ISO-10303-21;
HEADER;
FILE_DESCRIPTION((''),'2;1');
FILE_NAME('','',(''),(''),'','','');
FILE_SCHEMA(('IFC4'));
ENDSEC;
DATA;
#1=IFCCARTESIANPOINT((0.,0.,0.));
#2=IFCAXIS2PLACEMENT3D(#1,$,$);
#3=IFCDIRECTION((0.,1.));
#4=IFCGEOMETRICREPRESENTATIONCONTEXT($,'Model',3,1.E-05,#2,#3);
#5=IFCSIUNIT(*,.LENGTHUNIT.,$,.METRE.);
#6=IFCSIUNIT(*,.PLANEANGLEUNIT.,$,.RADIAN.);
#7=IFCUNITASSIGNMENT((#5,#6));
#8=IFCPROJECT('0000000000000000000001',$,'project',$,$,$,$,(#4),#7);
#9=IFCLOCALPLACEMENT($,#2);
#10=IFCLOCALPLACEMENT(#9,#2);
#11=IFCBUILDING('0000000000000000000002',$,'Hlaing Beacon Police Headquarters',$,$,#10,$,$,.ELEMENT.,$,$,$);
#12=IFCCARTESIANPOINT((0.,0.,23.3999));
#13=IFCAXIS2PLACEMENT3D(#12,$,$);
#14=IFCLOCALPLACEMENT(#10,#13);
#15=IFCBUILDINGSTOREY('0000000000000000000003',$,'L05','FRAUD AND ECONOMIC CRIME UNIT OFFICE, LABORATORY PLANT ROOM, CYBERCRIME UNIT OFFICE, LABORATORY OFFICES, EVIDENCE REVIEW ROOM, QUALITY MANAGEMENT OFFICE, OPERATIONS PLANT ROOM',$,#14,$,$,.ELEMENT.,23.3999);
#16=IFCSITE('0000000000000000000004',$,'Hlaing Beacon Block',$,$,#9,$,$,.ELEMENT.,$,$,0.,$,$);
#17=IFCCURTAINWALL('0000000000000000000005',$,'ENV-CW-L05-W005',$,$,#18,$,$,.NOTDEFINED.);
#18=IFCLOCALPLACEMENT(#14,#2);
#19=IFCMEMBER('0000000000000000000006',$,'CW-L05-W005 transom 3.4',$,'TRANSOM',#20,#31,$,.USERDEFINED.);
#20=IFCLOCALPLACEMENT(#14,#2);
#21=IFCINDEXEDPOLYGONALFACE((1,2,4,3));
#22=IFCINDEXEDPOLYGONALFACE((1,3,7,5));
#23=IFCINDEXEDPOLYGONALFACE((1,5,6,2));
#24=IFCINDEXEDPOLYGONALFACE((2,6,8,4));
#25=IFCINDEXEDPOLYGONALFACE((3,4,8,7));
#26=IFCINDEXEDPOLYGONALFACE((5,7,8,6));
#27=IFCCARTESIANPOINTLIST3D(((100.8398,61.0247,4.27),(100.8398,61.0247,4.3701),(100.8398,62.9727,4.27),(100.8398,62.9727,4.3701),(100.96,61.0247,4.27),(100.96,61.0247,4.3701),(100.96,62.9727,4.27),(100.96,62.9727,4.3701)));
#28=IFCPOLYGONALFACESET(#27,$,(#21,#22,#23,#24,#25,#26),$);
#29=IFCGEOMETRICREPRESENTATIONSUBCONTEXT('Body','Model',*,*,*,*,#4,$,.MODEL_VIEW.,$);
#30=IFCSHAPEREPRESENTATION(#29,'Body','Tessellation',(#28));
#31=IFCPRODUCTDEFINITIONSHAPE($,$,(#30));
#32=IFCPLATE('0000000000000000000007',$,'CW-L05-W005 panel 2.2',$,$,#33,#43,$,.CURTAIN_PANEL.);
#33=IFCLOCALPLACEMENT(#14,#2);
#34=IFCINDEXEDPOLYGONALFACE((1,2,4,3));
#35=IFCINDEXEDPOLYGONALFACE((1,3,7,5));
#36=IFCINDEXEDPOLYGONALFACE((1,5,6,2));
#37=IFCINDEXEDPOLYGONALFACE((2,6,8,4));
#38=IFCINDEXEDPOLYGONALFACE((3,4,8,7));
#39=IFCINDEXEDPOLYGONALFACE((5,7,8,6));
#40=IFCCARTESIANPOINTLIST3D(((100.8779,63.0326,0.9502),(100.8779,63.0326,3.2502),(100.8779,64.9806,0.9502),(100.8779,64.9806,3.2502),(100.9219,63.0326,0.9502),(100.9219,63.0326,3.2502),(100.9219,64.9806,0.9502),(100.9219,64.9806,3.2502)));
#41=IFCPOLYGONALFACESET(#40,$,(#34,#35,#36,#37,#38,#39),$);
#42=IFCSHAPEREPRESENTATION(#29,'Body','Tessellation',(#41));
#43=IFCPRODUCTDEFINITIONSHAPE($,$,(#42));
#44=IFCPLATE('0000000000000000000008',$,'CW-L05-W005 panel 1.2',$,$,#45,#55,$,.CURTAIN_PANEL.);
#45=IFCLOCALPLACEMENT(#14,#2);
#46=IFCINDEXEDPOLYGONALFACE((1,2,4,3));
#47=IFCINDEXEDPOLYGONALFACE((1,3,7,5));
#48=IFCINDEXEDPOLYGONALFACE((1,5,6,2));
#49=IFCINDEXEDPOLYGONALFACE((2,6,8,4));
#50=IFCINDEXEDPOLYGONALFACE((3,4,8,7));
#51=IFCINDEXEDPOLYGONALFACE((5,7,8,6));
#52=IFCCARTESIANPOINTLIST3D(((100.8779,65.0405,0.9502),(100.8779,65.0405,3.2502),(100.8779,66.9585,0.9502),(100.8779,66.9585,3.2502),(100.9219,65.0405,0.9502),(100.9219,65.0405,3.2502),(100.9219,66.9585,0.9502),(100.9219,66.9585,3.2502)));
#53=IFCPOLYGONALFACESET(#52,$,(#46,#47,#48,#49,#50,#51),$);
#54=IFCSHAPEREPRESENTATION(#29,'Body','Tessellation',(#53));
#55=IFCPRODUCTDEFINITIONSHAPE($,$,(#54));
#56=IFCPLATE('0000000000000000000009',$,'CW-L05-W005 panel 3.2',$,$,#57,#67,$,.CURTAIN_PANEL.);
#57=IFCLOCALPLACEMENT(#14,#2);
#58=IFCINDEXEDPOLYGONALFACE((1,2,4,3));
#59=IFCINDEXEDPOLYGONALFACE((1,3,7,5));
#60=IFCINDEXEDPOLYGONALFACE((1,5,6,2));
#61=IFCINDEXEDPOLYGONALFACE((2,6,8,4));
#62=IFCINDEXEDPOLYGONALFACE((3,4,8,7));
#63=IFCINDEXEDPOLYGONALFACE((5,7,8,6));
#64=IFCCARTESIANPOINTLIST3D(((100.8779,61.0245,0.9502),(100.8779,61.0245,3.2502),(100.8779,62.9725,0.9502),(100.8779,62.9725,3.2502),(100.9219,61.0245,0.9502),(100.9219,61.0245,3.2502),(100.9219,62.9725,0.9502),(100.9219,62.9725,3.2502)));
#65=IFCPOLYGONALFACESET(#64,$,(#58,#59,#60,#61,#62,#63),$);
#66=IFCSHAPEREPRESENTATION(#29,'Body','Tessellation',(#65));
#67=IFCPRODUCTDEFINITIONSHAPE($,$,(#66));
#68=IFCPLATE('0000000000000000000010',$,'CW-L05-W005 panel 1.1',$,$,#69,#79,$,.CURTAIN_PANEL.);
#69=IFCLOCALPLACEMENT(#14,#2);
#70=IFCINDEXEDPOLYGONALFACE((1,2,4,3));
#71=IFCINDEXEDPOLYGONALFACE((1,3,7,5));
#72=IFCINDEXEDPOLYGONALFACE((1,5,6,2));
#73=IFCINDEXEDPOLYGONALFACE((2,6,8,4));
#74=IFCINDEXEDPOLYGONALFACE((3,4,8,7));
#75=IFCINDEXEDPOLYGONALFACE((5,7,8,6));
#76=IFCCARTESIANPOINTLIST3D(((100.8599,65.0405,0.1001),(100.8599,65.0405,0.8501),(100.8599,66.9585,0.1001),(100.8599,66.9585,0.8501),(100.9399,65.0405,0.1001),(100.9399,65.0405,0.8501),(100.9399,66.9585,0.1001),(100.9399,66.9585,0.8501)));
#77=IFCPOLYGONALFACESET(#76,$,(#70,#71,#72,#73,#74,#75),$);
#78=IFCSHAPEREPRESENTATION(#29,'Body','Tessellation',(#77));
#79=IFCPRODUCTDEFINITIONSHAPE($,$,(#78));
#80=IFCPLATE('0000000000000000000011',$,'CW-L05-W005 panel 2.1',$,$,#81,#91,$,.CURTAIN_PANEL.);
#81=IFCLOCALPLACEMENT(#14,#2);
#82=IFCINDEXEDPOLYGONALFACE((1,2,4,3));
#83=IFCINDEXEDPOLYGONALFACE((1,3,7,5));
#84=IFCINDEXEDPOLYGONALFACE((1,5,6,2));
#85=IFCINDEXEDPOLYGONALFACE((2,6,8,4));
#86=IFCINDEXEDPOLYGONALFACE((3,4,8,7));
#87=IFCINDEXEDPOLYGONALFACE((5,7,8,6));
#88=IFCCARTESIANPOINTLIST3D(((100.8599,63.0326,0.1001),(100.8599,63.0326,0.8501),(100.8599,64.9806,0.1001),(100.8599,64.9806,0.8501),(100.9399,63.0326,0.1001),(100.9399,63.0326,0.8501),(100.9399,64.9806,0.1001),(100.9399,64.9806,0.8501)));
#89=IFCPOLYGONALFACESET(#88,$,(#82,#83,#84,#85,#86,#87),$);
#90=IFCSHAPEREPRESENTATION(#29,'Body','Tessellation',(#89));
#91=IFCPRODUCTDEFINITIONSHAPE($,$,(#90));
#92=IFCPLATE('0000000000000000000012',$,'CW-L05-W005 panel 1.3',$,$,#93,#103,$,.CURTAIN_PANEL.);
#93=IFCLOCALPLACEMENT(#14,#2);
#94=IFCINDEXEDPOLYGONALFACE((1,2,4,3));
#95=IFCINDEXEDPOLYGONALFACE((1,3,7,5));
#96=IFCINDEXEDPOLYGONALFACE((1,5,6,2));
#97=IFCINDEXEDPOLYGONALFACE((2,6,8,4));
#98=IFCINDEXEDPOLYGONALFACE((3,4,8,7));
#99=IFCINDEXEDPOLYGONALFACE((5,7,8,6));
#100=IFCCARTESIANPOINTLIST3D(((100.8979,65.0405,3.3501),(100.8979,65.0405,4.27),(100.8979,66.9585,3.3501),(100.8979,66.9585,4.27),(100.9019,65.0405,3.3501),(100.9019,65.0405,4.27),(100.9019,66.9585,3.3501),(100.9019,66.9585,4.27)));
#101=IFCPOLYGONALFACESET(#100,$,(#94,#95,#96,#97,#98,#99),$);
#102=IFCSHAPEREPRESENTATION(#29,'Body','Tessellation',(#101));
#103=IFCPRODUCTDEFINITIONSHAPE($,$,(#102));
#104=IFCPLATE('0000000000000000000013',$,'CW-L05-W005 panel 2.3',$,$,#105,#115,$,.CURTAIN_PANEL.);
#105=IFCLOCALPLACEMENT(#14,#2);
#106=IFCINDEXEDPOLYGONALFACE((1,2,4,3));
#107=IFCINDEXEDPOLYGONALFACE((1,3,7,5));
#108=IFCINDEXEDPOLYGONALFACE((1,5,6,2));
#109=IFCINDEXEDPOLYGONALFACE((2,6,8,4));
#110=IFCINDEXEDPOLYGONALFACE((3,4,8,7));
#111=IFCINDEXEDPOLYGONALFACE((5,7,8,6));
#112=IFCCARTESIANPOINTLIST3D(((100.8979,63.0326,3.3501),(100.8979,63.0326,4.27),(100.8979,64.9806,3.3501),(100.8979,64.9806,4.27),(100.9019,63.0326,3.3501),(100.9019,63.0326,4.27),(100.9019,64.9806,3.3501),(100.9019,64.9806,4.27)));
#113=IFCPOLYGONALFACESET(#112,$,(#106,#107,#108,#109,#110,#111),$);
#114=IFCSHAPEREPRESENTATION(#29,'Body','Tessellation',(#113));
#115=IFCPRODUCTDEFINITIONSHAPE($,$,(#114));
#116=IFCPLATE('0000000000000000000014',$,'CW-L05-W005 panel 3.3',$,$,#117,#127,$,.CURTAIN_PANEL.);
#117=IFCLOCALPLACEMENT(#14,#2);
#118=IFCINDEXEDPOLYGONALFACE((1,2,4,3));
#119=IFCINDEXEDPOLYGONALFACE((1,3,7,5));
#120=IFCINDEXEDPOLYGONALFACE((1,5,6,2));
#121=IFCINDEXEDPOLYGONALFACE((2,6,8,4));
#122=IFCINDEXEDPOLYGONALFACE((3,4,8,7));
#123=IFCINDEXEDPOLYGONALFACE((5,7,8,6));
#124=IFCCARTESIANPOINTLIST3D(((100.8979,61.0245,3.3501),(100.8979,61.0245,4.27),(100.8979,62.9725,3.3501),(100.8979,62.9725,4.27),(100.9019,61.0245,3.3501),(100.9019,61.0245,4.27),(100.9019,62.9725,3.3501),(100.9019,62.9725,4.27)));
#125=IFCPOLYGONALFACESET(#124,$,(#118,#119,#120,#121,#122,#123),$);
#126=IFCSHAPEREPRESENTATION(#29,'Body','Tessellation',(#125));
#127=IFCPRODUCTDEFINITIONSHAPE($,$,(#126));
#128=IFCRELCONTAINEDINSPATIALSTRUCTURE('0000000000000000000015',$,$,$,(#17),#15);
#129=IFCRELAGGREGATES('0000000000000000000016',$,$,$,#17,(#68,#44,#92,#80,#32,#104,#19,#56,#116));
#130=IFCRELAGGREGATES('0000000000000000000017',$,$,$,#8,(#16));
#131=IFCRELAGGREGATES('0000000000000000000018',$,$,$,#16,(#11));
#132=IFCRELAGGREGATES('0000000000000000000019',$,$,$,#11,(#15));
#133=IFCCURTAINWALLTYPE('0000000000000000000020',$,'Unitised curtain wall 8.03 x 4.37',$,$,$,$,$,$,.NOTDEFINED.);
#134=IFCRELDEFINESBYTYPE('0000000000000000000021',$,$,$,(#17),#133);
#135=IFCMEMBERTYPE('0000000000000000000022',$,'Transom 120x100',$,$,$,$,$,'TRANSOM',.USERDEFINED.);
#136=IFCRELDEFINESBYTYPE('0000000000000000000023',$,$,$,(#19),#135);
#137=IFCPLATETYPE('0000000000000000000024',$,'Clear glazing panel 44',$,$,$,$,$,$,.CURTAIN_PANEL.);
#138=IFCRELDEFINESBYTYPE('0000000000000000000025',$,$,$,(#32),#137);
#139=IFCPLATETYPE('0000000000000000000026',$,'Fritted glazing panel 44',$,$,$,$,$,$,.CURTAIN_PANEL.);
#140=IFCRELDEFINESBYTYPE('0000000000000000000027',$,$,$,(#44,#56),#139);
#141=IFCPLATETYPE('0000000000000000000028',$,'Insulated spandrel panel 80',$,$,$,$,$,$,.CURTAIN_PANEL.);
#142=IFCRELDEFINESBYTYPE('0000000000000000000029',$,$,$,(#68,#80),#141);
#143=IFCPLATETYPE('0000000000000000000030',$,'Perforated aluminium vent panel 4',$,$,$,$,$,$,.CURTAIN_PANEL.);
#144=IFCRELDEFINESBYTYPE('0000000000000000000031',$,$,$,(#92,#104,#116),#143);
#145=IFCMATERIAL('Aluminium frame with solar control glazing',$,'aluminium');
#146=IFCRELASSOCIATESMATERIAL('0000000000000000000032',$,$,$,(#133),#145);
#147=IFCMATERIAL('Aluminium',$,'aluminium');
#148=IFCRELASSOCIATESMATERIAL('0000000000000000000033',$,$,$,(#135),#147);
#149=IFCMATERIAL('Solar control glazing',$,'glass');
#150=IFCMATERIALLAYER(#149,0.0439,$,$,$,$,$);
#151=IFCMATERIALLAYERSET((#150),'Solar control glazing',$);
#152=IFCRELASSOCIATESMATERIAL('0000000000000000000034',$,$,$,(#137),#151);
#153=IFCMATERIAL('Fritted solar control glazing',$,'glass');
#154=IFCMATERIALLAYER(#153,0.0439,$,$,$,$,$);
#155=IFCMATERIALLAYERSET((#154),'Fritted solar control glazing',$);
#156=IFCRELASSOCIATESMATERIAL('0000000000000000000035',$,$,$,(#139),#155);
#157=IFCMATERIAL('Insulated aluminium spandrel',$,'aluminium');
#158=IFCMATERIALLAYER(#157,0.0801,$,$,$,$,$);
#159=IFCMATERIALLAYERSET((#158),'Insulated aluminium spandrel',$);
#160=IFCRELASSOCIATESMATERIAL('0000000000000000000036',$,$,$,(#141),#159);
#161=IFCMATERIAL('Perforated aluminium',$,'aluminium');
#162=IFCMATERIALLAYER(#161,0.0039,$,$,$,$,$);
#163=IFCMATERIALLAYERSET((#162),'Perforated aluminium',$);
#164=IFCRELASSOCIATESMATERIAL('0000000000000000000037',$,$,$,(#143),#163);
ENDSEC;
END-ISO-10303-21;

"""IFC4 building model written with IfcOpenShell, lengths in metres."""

from ifc_helpers import new_model, si_unit, direction, frame, origin, origin_2d, place, context, subcontext, project, spatial, rectangle, extrude, material, layer, layer_set, material_profile, profile_set, type_object, element, aggregate, save


model = new_model("IFC4")

# Units and contexts
model_context = context("Model", 3, precision=1e-05, world=origin(), true_north=direction((0.0, 1.0)))
body_context = subcontext(model_context, "Body", "Model", "MODEL_VIEW")
ifc_project = project(units=[si_unit("LENGTHUNIT", "METRE"), si_unit("PLANEANGLEUNIT", "RADIAN")], contexts=[model_context])

# Site, building, storey
site_placement = place(None, origin())
site = spatial("IfcSite", under=ifc_project, at=site_placement, Name="Hlaing Beacon Block", CompositionType="ELEMENT", RefElevation=0.0)
building_placement = place(site_placement, origin())
building = spatial("IfcBuilding", under=site, at=building_placement, Name="Hlaing Beacon Police Headquarters", CompositionType="ELEMENT")
storey_placement = place(building_placement, frame((0.0, 0.0, 23.3999)))
storey = spatial("IfcBuildingStorey", under=building, at=storey_placement, Name="L05", Description="FRAUD AND ECONOMIC CRIME UNIT OFFICE, LABORATORY PLANT ROOM, CYBERCRIME UNIT OFFICE, LABORATORY OFFICES, EVIDENCE REVIEW ROOM, QUALITY MANAGEMENT OFFICE, OPERATIONS PLANT ROOM", CompositionType="ELEMENT", Elevation=23.3999)

# Curtain wall, member, plates
ifc_material_1 = material(Name="Aluminium frame with solar control glazing", Category="aluminium")
curtain_wall_type = type_object("IfcCurtainWallType", Name="Unitised curtain wall 8.03 x 4.37", PredefinedType="NOTDEFINED", material=ifc_material_1)
curtain_wall_placement = place(storey_placement, origin())
curtain_wall = element("IfcCurtainWall", 1, at=curtain_wall_placement, inside=storey, type_object=curtain_wall_type, Name="ENV-CW-L05-W005", PredefinedType="NOTDEFINED")
ifc_material_2 = material(Name="Aluminium", Category="aluminium")
ifc_material_profile_1 = material_profile(ifc_material_2, rectangle(XDim=0.1201, YDim=0.1001, at=origin_2d()), Name="Transom 120x100")
ifc_profile_set_1 = profile_set([ifc_material_profile_1], Name="Aluminium")
member_type_1 = type_object("IfcMemberType", Name="Transom 120x100", ElementType="TRANSOM", PredefinedType="USERDEFINED", material=ifc_profile_set_1)
member_1_placement = place(storey_placement, frame((100.8999, 62.9727, 4.3201), z_axis=(0.0, -1.0, 0.0), x_axis=(1.0, 0.0, 0.0)))
member_1 = element("IfcMember", 2, at=member_1_placement, type_object=member_type_1, Name="CW-L05-W005 transom 3.4", ObjectType="TRANSOM", PredefinedType="USERDEFINED", context=body_context, shape_type="SweptSolid", body=[
    extrude(rectangle(XDim=0.1201, YDim=0.1001, at=origin_2d()), origin(), (0.0, 0.0, 1.0), 1.948),
])
ifc_material_3 = material(Name="Solar control glazing", Category="glass")
ifc_layer_1 = layer(ifc_material_3, 0.0439)
ifc_layer_set_1 = layer_set([ifc_layer_1], Name="Solar control glazing")
plate_type_1 = type_object("IfcPlateType", Name="Clear glazing panel 44", PredefinedType="CURTAIN_PANEL", material=ifc_layer_set_1)
plate_1_placement = place(storey_placement, frame((100.8999, 64.0066, 0.9502), z_axis=(0.0, 0.0, 1.0), x_axis=(0.0, -1.0, 0.0)))
plate_1 = element("IfcPlate", 3, at=plate_1_placement, type_object=plate_type_1, Name="CW-L05-W005 panel 2.2", PredefinedType="CURTAIN_PANEL", context=body_context, shape_type="SweptSolid", body=[
    extrude(rectangle(XDim=1.948, YDim=0.0439, at=origin_2d()), origin(), (0.0, 0.0, 1.0), 2.3),
])
ifc_material_4 = material(Name="Fritted solar control glazing", Category="glass")
ifc_layer_2 = layer(ifc_material_4, 0.0439)
ifc_layer_set_2 = layer_set([ifc_layer_2], Name="Fritted solar control glazing")
plate_type_2 = type_object("IfcPlateType", Name="Fritted glazing panel 44", PredefinedType="CURTAIN_PANEL", material=ifc_layer_set_2)
plate_2_placement = place(storey_placement, frame((100.8999, 65.9995, 0.9502), z_axis=(0.0, 0.0, 1.0), x_axis=(0.0, -1.0, 0.0)))
plate_2 = element("IfcPlate", 4, at=plate_2_placement, type_object=plate_type_2, Name="CW-L05-W005 panel 1.2", PredefinedType="CURTAIN_PANEL", context=body_context, shape_type="SweptSolid", body=[
    extrude(rectangle(XDim=1.918, YDim=0.0439, at=origin_2d()), origin(), (0.0, 0.0, 1.0), 2.3),
])
plate_3_placement = place(storey_placement, frame((100.8999, 61.9985, 0.9502), z_axis=(0.0, 0.0, 1.0), x_axis=(0.0, -1.0, 0.0)))
plate_3 = element("IfcPlate", 5, at=plate_3_placement, type_object=plate_type_2, Name="CW-L05-W005 panel 3.2", PredefinedType="CURTAIN_PANEL", context=body_context, shape_type="SweptSolid", body=[
    extrude(rectangle(XDim=1.948, YDim=0.0439, at=origin_2d()), origin(), (0.0, 0.0, 1.0), 2.3),
])
ifc_material_5 = material(Name="Insulated aluminium spandrel", Category="aluminium")
ifc_layer_3 = layer(ifc_material_5, 0.0801)
ifc_layer_set_3 = layer_set([ifc_layer_3], Name="Insulated aluminium spandrel")
plate_type_3 = type_object("IfcPlateType", Name="Insulated spandrel panel 80", PredefinedType="CURTAIN_PANEL", material=ifc_layer_set_3)
plate_4_placement = place(storey_placement, frame((100.8999, 65.9995, 0.1001), z_axis=(0.0, 0.0, 1.0), x_axis=(0.0, -1.0, 0.0)))
plate_4 = element("IfcPlate", 6, at=plate_4_placement, type_object=plate_type_3, Name="CW-L05-W005 panel 1.1", PredefinedType="CURTAIN_PANEL", context=body_context, shape_type="SweptSolid", body=[
    extrude(rectangle(XDim=1.918, YDim=0.0801, at=origin_2d()), origin(), (0.0, 0.0, 1.0), 0.75),
])
plate_5_placement = place(storey_placement, frame((100.8999, 64.0066, 0.1001), z_axis=(0.0, 0.0, 1.0), x_axis=(0.0, -1.0, 0.0)))
plate_5 = element("IfcPlate", 7, at=plate_5_placement, type_object=plate_type_3, Name="CW-L05-W005 panel 2.1", PredefinedType="CURTAIN_PANEL", context=body_context, shape_type="SweptSolid", body=[
    extrude(rectangle(XDim=1.948, YDim=0.0801, at=origin_2d()), origin(), (0.0, 0.0, 1.0), 0.75),
])
ifc_material_6 = material(Name="Perforated aluminium", Category="aluminium")
ifc_layer_4 = layer(ifc_material_6, 0.0039)
ifc_layer_set_4 = layer_set([ifc_layer_4], Name="Perforated aluminium")
plate_type_4 = type_object("IfcPlateType", Name="Perforated aluminium vent panel 4", PredefinedType="CURTAIN_PANEL", material=ifc_layer_set_4)
plate_6_placement = place(storey_placement, frame((100.8999, 65.9995, 3.3501), z_axis=(0.0, 0.0, 1.0), x_axis=(0.0, -1.0, 0.0)))
plate_6 = element("IfcPlate", 8, at=plate_6_placement, type_object=plate_type_4, Name="CW-L05-W005 panel 1.3", PredefinedType="CURTAIN_PANEL", context=body_context, shape_type="SweptSolid", body=[
    extrude(rectangle(XDim=1.918, YDim=0.0039, at=origin_2d()), origin(), (0.0, 0.0, 1.0), 0.9199),
])
plate_7_placement = place(storey_placement, frame((100.8999, 64.0066, 3.3501), z_axis=(0.0, 0.0, 1.0), x_axis=(0.0, -1.0, 0.0)))
plate_7 = element("IfcPlate", 9, at=plate_7_placement, type_object=plate_type_4, Name="CW-L05-W005 panel 2.3", PredefinedType="CURTAIN_PANEL", context=body_context, shape_type="SweptSolid", body=[
    extrude(rectangle(XDim=1.948, YDim=0.0039, at=origin_2d()), origin(), (0.0, 0.0, 1.0), 0.9199),
])
plate_8_placement = place(storey_placement, frame((100.8999, 61.9985, 3.3501), z_axis=(0.0, 0.0, 1.0), x_axis=(0.0, -1.0, 0.0)))
plate_8 = element("IfcPlate", 10, at=plate_8_placement, type_object=plate_type_4, Name="CW-L05-W005 panel 3.3", PredefinedType="CURTAIN_PANEL", context=body_context, shape_type="SweptSolid", body=[
    extrude(rectangle(XDim=1.948, YDim=0.0039, at=origin_2d()), origin(), (0.0, 0.0, 1.0), 0.9199),
])
aggregate(curtain_wall, [plate_4, plate_2, plate_6, plate_5, plate_1, plate_7, member_1, plate_3, plate_8])

save(model, "model.ifc")
